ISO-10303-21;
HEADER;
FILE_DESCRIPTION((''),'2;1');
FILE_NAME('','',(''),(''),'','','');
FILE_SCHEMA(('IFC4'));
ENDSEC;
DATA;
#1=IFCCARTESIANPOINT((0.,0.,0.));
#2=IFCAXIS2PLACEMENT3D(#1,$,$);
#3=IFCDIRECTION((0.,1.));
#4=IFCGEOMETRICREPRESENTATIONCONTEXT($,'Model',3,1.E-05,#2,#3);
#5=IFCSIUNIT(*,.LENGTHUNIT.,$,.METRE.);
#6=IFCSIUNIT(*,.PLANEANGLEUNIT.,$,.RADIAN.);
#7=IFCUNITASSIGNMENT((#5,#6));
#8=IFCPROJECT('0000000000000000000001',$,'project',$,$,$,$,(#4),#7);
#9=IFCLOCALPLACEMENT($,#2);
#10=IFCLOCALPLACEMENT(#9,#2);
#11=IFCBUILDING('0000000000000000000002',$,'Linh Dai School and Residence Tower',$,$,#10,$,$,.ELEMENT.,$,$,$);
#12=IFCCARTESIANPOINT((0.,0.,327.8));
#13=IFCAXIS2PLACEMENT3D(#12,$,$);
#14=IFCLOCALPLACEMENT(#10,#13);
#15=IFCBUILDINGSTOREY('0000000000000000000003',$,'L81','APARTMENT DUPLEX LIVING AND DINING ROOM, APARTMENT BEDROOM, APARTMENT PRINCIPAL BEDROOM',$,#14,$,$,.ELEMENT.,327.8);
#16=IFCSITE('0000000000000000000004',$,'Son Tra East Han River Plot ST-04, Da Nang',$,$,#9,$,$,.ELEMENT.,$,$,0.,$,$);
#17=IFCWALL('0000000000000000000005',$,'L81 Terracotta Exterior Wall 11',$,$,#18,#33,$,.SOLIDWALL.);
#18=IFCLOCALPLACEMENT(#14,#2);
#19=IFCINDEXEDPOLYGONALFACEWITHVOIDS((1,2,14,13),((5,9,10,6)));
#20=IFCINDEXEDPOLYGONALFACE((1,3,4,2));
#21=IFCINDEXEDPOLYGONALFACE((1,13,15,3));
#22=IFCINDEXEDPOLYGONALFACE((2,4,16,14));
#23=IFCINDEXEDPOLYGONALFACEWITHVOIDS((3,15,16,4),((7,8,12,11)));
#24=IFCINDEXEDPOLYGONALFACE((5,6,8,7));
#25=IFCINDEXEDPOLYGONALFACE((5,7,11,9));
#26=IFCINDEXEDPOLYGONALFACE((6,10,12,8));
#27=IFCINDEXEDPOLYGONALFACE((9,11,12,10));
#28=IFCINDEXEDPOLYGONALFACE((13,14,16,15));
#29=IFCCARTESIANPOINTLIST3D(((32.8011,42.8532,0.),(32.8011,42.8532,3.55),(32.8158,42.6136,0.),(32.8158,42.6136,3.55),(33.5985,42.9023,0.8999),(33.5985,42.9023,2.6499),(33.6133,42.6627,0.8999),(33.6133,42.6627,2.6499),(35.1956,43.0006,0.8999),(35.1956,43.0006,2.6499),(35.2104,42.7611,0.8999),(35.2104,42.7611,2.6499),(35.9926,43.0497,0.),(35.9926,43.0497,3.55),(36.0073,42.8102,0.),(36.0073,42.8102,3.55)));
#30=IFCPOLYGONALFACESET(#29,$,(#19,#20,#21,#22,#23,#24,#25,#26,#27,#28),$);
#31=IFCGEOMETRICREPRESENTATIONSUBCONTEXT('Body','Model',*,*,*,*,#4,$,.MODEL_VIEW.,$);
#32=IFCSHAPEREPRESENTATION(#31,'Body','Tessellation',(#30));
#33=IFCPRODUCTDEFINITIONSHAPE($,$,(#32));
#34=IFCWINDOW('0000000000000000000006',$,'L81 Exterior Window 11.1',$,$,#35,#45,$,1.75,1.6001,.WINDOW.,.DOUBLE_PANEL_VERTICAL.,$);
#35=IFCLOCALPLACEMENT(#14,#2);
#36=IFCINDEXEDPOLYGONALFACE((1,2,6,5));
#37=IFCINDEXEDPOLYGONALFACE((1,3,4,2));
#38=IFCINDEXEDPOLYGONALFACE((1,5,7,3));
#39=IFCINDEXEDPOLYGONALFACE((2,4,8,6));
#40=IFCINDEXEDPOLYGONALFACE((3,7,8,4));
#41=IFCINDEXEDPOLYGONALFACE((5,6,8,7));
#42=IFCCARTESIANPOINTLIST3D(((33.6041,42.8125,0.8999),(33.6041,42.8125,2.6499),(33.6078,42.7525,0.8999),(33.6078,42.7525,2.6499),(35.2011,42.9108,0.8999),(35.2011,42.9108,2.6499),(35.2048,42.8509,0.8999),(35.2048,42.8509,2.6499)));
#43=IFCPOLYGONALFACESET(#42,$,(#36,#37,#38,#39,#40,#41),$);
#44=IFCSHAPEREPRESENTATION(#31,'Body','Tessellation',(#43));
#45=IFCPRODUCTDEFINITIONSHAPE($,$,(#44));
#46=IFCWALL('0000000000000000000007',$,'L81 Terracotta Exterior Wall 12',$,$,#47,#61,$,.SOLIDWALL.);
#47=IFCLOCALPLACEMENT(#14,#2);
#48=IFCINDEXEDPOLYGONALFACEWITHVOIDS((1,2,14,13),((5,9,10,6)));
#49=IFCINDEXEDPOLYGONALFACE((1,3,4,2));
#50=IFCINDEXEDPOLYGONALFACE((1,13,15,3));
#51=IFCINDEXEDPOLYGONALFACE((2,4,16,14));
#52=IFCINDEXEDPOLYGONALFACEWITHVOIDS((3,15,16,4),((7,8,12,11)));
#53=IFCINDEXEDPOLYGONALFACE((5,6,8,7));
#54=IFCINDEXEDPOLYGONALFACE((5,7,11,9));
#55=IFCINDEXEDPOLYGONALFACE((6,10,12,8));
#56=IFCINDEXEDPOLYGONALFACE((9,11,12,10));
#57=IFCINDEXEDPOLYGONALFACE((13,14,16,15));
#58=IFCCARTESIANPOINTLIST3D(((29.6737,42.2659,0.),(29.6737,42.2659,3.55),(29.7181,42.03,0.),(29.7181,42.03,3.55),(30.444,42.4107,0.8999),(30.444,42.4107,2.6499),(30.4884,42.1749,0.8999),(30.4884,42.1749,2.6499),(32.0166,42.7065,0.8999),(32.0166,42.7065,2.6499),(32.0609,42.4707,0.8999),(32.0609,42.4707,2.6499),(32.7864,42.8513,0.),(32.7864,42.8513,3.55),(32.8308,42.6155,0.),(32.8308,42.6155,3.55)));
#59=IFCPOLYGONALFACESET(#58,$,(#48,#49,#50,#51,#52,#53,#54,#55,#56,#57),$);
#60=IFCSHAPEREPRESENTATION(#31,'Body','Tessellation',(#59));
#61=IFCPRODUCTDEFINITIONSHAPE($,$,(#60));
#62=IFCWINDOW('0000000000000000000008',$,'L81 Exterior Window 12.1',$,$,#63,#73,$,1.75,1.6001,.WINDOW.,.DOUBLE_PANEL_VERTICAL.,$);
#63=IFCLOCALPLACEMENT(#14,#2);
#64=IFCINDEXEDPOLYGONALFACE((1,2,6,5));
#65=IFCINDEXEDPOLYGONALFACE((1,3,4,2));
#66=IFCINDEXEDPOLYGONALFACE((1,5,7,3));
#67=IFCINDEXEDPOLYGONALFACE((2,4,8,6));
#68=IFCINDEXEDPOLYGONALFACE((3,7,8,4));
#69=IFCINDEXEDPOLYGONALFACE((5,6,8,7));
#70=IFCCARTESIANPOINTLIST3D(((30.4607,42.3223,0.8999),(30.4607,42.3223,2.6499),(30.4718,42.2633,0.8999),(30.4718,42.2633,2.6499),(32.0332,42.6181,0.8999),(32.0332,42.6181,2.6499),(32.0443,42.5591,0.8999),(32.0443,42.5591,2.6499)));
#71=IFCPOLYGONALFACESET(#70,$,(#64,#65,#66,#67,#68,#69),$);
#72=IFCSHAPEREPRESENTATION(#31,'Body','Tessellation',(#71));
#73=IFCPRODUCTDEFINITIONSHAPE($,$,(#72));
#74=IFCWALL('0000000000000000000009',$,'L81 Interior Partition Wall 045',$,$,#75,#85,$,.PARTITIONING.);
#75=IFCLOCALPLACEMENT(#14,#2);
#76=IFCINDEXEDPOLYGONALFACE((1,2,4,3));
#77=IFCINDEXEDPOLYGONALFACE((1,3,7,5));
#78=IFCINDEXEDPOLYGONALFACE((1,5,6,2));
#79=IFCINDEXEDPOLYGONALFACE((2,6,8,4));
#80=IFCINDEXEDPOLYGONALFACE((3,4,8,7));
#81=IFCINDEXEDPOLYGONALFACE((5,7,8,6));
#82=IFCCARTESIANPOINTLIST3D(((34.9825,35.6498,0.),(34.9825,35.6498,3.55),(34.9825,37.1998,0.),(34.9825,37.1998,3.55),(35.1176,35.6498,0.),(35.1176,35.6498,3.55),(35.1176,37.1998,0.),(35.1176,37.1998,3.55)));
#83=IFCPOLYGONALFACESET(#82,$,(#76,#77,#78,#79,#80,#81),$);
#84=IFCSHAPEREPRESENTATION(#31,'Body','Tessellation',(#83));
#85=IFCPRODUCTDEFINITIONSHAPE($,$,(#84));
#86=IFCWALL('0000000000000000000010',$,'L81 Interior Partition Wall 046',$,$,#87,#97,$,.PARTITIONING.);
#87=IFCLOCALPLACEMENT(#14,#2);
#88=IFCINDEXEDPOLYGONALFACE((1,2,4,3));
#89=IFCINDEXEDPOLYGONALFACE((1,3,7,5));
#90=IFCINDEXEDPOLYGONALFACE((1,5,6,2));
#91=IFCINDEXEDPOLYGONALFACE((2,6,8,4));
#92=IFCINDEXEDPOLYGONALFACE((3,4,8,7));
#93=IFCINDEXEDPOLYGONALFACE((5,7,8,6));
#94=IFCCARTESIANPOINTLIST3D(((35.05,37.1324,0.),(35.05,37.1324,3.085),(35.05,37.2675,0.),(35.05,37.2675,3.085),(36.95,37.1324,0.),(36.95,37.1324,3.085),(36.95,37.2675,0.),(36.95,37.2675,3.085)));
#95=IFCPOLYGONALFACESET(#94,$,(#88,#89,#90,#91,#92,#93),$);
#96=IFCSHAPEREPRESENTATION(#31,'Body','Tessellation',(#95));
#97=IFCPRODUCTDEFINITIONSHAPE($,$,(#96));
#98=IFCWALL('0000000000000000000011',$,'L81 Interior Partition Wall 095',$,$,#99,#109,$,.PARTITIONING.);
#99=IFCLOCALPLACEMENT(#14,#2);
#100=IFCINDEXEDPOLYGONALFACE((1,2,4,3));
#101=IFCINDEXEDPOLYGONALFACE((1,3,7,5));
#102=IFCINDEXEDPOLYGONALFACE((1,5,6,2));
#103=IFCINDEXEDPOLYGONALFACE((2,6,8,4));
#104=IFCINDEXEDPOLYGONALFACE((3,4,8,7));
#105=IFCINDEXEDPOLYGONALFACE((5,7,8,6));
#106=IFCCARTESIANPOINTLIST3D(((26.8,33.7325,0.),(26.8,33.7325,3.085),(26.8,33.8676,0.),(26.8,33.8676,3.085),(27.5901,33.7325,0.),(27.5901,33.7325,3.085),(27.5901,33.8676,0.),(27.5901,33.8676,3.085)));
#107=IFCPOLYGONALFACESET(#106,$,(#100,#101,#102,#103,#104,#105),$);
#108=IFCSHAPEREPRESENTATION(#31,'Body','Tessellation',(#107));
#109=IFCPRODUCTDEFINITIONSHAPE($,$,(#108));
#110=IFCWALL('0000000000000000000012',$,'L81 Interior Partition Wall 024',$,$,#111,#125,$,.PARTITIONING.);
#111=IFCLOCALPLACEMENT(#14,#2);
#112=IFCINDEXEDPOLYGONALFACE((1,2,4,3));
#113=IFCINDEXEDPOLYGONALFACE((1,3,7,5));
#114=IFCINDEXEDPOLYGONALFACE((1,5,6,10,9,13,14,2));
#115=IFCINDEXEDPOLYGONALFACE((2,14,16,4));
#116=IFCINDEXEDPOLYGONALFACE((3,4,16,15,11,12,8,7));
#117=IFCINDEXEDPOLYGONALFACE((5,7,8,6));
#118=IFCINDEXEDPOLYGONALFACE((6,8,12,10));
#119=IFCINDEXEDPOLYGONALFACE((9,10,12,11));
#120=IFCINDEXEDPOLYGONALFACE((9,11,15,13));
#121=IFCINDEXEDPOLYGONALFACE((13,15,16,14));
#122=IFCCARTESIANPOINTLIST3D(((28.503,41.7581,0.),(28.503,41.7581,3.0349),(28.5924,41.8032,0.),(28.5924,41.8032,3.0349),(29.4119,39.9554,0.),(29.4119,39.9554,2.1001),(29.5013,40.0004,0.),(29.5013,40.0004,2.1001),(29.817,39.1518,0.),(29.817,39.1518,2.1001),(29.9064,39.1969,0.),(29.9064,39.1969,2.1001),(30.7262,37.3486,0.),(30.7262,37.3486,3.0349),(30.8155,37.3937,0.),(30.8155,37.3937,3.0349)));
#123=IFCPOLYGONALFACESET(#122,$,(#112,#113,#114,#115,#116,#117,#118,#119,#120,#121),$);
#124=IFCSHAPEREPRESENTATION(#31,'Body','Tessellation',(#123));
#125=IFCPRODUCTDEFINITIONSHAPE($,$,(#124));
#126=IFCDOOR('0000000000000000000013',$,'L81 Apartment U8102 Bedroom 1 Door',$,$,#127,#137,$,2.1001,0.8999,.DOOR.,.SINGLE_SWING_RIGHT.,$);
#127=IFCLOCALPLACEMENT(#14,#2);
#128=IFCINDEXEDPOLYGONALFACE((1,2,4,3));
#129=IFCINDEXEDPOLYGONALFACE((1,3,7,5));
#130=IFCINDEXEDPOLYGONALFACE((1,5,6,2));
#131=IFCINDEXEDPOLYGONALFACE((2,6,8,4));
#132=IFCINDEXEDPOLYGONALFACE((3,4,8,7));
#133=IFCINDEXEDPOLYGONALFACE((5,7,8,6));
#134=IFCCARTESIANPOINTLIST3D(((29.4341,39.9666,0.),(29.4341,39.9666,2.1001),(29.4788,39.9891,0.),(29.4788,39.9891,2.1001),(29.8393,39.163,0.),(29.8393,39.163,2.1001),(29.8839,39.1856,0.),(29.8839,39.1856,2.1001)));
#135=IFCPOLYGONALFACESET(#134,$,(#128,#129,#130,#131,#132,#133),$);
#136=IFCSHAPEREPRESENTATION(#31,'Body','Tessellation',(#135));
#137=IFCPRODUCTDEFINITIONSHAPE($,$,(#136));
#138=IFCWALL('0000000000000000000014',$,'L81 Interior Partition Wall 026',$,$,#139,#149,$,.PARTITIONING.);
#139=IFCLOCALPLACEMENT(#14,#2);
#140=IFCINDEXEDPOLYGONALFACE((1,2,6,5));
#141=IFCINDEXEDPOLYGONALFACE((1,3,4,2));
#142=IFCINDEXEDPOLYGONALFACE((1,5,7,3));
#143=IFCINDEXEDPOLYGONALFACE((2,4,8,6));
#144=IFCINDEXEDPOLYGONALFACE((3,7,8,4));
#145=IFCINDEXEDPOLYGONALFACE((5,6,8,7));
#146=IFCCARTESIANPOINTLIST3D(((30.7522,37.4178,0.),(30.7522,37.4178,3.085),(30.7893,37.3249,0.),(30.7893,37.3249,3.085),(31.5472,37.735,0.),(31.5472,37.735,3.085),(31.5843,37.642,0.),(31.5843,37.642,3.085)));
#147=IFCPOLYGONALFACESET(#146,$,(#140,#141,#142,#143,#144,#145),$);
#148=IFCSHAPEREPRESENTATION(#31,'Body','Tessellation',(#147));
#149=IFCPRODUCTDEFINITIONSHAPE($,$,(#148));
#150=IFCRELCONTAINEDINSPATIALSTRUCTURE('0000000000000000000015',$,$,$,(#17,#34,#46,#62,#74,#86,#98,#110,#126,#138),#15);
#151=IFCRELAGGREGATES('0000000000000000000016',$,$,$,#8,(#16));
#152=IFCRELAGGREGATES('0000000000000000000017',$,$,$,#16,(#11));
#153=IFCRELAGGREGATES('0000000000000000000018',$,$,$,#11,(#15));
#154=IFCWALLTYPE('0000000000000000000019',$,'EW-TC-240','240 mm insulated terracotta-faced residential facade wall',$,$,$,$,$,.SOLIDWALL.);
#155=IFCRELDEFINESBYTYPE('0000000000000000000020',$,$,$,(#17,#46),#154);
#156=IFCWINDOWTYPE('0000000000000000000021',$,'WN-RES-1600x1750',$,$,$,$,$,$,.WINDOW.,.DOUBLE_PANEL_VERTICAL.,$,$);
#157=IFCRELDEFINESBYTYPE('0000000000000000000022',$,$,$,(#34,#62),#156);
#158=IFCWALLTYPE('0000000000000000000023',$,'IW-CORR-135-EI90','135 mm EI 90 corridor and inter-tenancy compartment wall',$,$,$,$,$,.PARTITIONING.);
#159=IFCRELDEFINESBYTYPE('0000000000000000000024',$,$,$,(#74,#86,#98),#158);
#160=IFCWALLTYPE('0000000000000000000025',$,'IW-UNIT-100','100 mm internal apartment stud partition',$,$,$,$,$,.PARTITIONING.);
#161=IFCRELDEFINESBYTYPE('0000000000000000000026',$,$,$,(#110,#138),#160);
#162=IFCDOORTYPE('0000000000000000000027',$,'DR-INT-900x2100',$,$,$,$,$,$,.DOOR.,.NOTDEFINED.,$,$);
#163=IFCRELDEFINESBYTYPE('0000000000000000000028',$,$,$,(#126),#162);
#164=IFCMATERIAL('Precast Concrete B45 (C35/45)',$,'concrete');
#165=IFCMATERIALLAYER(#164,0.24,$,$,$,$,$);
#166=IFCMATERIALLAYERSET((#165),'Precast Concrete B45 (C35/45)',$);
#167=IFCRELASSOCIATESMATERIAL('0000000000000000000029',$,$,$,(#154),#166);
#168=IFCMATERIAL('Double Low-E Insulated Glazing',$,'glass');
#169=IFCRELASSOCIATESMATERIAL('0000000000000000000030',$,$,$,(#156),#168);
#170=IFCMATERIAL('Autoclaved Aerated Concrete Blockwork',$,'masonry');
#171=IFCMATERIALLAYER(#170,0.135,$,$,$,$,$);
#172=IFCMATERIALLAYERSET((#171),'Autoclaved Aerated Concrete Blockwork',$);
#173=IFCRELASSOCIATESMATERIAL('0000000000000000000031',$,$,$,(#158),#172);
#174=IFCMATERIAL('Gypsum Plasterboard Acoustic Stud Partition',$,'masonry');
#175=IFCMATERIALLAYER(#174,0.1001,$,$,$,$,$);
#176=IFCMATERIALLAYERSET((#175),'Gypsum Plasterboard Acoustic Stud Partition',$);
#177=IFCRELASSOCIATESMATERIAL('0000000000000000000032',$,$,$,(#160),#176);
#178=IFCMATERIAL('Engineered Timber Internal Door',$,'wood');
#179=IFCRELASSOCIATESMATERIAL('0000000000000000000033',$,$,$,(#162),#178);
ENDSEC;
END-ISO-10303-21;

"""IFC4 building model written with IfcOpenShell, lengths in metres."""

from ifc_helpers import new_model, si_unit, direction, frame, frame_2d, origin, origin_2d, place, context, subcontext, project, spatial, rectangle, extrude, source, transform, mapped, material, layer, layer_set, type_object, element, fill, save


model = new_model("IFC4")

# Units and contexts
model_context = context("Model", 3, precision=1e-05, world=origin(), true_north=direction((0.0, 1.0)))
body_context = subcontext(model_context, "Body", "Model", "MODEL_VIEW")
ifc_project = project(units=[si_unit("LENGTHUNIT", "METRE"), si_unit("PLANEANGLEUNIT", "RADIAN")], contexts=[model_context])

# Site, building, storey
site_placement = place(None, origin())
site = spatial("IfcSite", under=ifc_project, at=site_placement, Name="Son Tra East Han River Plot ST-04, Da Nang", CompositionType="ELEMENT", RefElevation=0.0)
building_placement = place(site_placement, origin())
building = spatial("IfcBuilding", under=site, at=building_placement, Name="Linh Dai School and Residence Tower", CompositionType="ELEMENT")
storey_placement = place(building_placement, frame((0.0, 0.0, 327.8)))
storey = spatial("IfcBuildingStorey", under=building, at=storey_placement, Name="L81", Description="APARTMENT DUPLEX LIVING AND DINING ROOM, APARTMENT BEDROOM, APARTMENT PRINCIPAL BEDROOM", CompositionType="ELEMENT", Elevation=327.8)

# Walls, openings, windows
ifc_material_1 = material(Name="Precast Concrete B45 (C35/45)", Category="concrete")
ifc_layer_1 = layer(ifc_material_1, 0.24)
ifc_layer_set_1 = layer_set([ifc_layer_1], Name="Precast Concrete B45 (C35/45)")
wall_type_1 = type_object("IfcWallType", Name="EW-TC-240", Description="240 mm insulated terracotta-faced residential facade wall", PredefinedType="SOLIDWALL", material=ifc_layer_set_1)
wall_1_placement = place(storey_placement, frame((32.8086, 42.7334, 0.0), z_axis=(0.0, 0.0, 1.0), x_axis=(0.998109, 0.061466, 0.0)))
wall_1 = element("IfcWall", 1, at=wall_1_placement, inside=storey, type_object=wall_type_1, Name="L81 Terracotta Exterior Wall 11", PredefinedType="SOLIDWALL", context=body_context, shape_type="SweptSolid", body=[
    extrude(rectangle(XDim=3.1975, YDim=0.24, at=frame_2d((1.5986, 0.0))), origin(), (0.0, 0.0, 1.0), 3.55),
])
opening_1_placement = place(wall_1_placement, frame((0.7988, 0.0, 0.8999)))
opening_1 = element("IfcOpeningElement", 2, at=opening_1_placement, cuts=wall_1, PredefinedType="OPENING", context=body_context, shape_type="SweptSolid", body=[
    extrude(rectangle(XDim=1.6001, YDim=1.75, at=origin_2d()), frame((0.8, 0.1299, 0.875), z_axis=(0.0, -1.0, 0.0), x_axis=(1.0, 0.0, 0.0)), (0.0, 0.0, 1.0), 0.26),
])
ifc_material_2 = material(Name="Double Low-E Insulated Glazing", Category="glass")
window_type = type_object("IfcWindowType", Name="WN-RES-1600x1750", PartitioningType="DOUBLE_PANEL_VERTICAL", PredefinedType="WINDOW", material=ifc_material_2)
shared_shape_1 = source(origin(), body_context, "Body", "SweptSolid", [
    extrude(rectangle(XDim=1.6001, YDim=1.75, at=origin_2d()), frame((0.8, 0.03, 0.875), z_axis=(0.0, -1.0, 0.0), x_axis=(1.0, 0.0, 0.0)), (0.0, 0.0, 1.0), 0.0601),
])
window_1_placement = place(opening_1_placement, origin())
window_1 = element("IfcWindow", 3, at=window_1_placement, inside=storey, type_object=window_type, Name="L81 Exterior Window 11.1", OverallHeight=1.75, OverallWidth=1.6001, PartitioningType="DOUBLE_PANEL_VERTICAL", PredefinedType="WINDOW", context=body_context, shape_type="MappedRepresentation", body=[
    mapped(shared_shape_1, transform((0.0, 0.0, 0.0), x_axis=(1.0, 0.0, 0.0), y_axis=(0.0, 1.0, 0.0), z_axis=(0.0, 0.0, 1.0), scale=1.0)),
])
fill(opening_1, window_1)
wall_2_placement = place(storey_placement, frame((29.696, 42.1479, 0.0), z_axis=(0.0, 0.0, 1.0), x_axis=(0.982766, 0.184852, 0.0)))
wall_2 = element("IfcWall", 4, at=wall_2_placement, inside=storey, type_object=wall_type_1, Name="L81 Terracotta Exterior Wall 12", PredefinedType="SOLIDWALL", context=body_context, shape_type="SweptSolid", body=[
    extrude(rectangle(XDim=3.1672, YDim=0.24, at=frame_2d((1.5835, 0.0))), origin(), (0.0, 0.0, 1.0), 3.55),
])
opening_2_placement = place(wall_2_placement, frame((0.7837, 0.0, 0.8999)))
opening_2 = element("IfcOpeningElement", 5, at=opening_2_placement, cuts=wall_2, PredefinedType="OPENING", context=body_context, shape_type="SweptSolid", body=[
    extrude(rectangle(XDim=1.6001, YDim=1.75, at=origin_2d()), frame((0.8, 0.1299, 0.875), z_axis=(0.0, -1.0, 0.0), x_axis=(1.0, 0.0, 0.0)), (0.0, 0.0, 1.0), 0.26),
])
window_2_placement = place(opening_2_placement, origin())
window_2 = element("IfcWindow", 6, at=window_2_placement, inside=storey, type_object=window_type, Name="L81 Exterior Window 12.1", OverallHeight=1.75, OverallWidth=1.6001, PartitioningType="DOUBLE_PANEL_VERTICAL", PredefinedType="WINDOW", context=body_context, shape_type="MappedRepresentation", body=[
    mapped(shared_shape_1, transform((0.0, 0.0, 0.0), x_axis=(1.0, 0.0, 0.0), y_axis=(0.0, 1.0, 0.0), z_axis=(0.0, 0.0, 1.0), scale=1.0)),
])
fill(opening_2, window_2)

# Walls
ifc_material_3 = material(Name="Autoclaved Aerated Concrete Blockwork", Category="masonry")
ifc_layer_2 = layer(ifc_material_3, 0.135)
ifc_layer_set_2 = layer_set([ifc_layer_2], Name="Autoclaved Aerated Concrete Blockwork")
wall_type_2 = type_object("IfcWallType", Name="IW-CORR-135-EI90", Description="135 mm EI 90 corridor and inter-tenancy compartment wall", PredefinedType="PARTITIONING", material=ifc_layer_set_2)
wall_3_placement = place(storey_placement, frame((35.05, 35.6499, 0.0), z_axis=(0.0, 0.0, 1.0), x_axis=(0.0, 1.0, 0.0)))
element("IfcWall", 7, at=wall_3_placement, inside=storey, type_object=wall_type_2, Name="L81 Interior Partition Wall 045", PredefinedType="PARTITIONING", context=body_context, shape_type="SweptSolid", body=[
    extrude(rectangle(XDim=1.55, YDim=0.135, at=frame_2d((0.7749, 0.0))), origin(), (0.0, 0.0, 1.0), 3.55),
])
wall_4_placement = place(storey_placement, frame((35.05, 37.2, 0.0), z_axis=(0.0, 0.0, 1.0), x_axis=(1.0, 0.0, 0.0)))
element("IfcWall", 8, at=wall_4_placement, inside=storey, type_object=wall_type_2, Name="L81 Interior Partition Wall 046", PredefinedType="PARTITIONING", context=body_context, shape_type="SweptSolid", body=[
    extrude(rectangle(XDim=1.8999, YDim=0.135, at=frame_2d((0.95, 0.0))), origin(), (0.0, 0.0, 1.0), 3.085),
])
wall_5_placement = place(storey_placement, frame((27.5901, 33.8, 0.0), z_axis=(0.0, 0.0, 1.0), x_axis=(-1.0, 0.0, 0.0)))
element("IfcWall", 9, at=wall_5_placement, inside=storey, type_object=wall_type_2, Name="L81 Interior Partition Wall 095", PredefinedType="PARTITIONING", context=body_context, shape_type="SweptSolid", body=[
    extrude(rectangle(XDim=0.79, YDim=0.135, at=frame_2d((0.395, 0.0))), origin(), (0.0, 0.0, 1.0), 3.085),
])

# Wall, opening, door
ifc_material_4 = material(Name="Gypsum Plasterboard Acoustic Stud Partition", Category="masonry")
ifc_layer_3 = layer(ifc_material_4, 0.1001)
ifc_layer_set_3 = layer_set([ifc_layer_3], Name="Gypsum Plasterboard Acoustic Stud Partition")
wall_type_3 = type_object("IfcWallType", Name="IW-UNIT-100", Description="100 mm internal apartment stud partition", PredefinedType="PARTITIONING", material=ifc_layer_set_3)
wall_6_placement = place(storey_placement, frame((28.5476, 41.7808, 0.0), z_axis=(0.0, 0.0, 1.0), x_axis=(0.450197, -0.892929, 0.0)))
wall_6 = element("IfcWall", 10, at=wall_6_placement, inside=storey, type_object=wall_type_3, Name="L81 Interior Partition Wall 024", PredefinedType="PARTITIONING", context=body_context, shape_type="SweptSolid", body=[
    extrude(rectangle(XDim=4.9382, YDim=0.1001, at=frame_2d((2.4692, 0.0))), origin(), (0.0, 0.0, 1.0), 3.0349),
])
opening_3_placement = place(wall_6_placement, frame((2.019, 0.0, 0.0)))
opening_3 = element("IfcOpeningElement", 11, at=opening_3_placement, cuts=wall_6, PredefinedType="OPENING", context=body_context, shape_type="SweptSolid", body=[
    extrude(rectangle(XDim=0.8999, YDim=2.1001, at=origin_2d()), frame((0.45, 0.0601, 1.05), z_axis=(0.0, -1.0, 0.0), x_axis=(1.0, 0.0, 0.0)), (0.0, 0.0, 1.0), 0.1201),
])
ifc_material_5 = material(Name="Engineered Timber Internal Door", Category="wood")
door_type_1 = type_object("IfcDoorType", Name="DR-INT-900x2100", OperationType="NOTDEFINED", PredefinedType="DOOR", material=ifc_material_5)
shared_shape_2 = source(origin(), body_context, "Body", "SweptSolid", [
    extrude(rectangle(XDim=0.8999, YDim=2.1001, at=origin_2d()), frame((0.45, 0.0249, 1.05), z_axis=(0.0, -1.0, 0.0), x_axis=(1.0, 0.0, 0.0)), (0.0, 0.0, 1.0), 0.05),
])
door_1_placement = place(opening_3_placement, origin())
door_1 = element("IfcDoor", 12, at=door_1_placement, inside=storey, type_object=door_type_1, Name="L81 Apartment U8102 Bedroom 1 Door", OperationType="SINGLE_SWING_RIGHT", OverallHeight=2.1001, OverallWidth=0.8999, PredefinedType="DOOR", context=body_context, shape_type="MappedRepresentation", body=[
    mapped(shared_shape_2, transform((0.0, 0.0, 0.0), x_axis=(1.0, 0.0, 0.0), y_axis=(0.0, 1.0, 0.0), z_axis=(0.0, 0.0, 1.0), scale=1.0)),
])
fill(opening_3, door_1)

# Wall
wall_7_placement = place(storey_placement, frame((30.7708, 37.3713, 0.0), z_axis=(0.0, 0.0, 1.0), x_axis=(0.928811, 0.370554, 0.0)))
element("IfcWall", 13, at=wall_7_placement, inside=storey, type_object=wall_type_3, Name="L81 Interior Partition Wall 026", PredefinedType="PARTITIONING", context=body_context, shape_type="SweptSolid", body=[
    extrude(rectangle(XDim=0.856, YDim=0.1001, at=frame_2d((0.428, 0.0))), origin(), (0.0, 0.0, 1.0), 3.085),
])

save(model, "model.ifc")
